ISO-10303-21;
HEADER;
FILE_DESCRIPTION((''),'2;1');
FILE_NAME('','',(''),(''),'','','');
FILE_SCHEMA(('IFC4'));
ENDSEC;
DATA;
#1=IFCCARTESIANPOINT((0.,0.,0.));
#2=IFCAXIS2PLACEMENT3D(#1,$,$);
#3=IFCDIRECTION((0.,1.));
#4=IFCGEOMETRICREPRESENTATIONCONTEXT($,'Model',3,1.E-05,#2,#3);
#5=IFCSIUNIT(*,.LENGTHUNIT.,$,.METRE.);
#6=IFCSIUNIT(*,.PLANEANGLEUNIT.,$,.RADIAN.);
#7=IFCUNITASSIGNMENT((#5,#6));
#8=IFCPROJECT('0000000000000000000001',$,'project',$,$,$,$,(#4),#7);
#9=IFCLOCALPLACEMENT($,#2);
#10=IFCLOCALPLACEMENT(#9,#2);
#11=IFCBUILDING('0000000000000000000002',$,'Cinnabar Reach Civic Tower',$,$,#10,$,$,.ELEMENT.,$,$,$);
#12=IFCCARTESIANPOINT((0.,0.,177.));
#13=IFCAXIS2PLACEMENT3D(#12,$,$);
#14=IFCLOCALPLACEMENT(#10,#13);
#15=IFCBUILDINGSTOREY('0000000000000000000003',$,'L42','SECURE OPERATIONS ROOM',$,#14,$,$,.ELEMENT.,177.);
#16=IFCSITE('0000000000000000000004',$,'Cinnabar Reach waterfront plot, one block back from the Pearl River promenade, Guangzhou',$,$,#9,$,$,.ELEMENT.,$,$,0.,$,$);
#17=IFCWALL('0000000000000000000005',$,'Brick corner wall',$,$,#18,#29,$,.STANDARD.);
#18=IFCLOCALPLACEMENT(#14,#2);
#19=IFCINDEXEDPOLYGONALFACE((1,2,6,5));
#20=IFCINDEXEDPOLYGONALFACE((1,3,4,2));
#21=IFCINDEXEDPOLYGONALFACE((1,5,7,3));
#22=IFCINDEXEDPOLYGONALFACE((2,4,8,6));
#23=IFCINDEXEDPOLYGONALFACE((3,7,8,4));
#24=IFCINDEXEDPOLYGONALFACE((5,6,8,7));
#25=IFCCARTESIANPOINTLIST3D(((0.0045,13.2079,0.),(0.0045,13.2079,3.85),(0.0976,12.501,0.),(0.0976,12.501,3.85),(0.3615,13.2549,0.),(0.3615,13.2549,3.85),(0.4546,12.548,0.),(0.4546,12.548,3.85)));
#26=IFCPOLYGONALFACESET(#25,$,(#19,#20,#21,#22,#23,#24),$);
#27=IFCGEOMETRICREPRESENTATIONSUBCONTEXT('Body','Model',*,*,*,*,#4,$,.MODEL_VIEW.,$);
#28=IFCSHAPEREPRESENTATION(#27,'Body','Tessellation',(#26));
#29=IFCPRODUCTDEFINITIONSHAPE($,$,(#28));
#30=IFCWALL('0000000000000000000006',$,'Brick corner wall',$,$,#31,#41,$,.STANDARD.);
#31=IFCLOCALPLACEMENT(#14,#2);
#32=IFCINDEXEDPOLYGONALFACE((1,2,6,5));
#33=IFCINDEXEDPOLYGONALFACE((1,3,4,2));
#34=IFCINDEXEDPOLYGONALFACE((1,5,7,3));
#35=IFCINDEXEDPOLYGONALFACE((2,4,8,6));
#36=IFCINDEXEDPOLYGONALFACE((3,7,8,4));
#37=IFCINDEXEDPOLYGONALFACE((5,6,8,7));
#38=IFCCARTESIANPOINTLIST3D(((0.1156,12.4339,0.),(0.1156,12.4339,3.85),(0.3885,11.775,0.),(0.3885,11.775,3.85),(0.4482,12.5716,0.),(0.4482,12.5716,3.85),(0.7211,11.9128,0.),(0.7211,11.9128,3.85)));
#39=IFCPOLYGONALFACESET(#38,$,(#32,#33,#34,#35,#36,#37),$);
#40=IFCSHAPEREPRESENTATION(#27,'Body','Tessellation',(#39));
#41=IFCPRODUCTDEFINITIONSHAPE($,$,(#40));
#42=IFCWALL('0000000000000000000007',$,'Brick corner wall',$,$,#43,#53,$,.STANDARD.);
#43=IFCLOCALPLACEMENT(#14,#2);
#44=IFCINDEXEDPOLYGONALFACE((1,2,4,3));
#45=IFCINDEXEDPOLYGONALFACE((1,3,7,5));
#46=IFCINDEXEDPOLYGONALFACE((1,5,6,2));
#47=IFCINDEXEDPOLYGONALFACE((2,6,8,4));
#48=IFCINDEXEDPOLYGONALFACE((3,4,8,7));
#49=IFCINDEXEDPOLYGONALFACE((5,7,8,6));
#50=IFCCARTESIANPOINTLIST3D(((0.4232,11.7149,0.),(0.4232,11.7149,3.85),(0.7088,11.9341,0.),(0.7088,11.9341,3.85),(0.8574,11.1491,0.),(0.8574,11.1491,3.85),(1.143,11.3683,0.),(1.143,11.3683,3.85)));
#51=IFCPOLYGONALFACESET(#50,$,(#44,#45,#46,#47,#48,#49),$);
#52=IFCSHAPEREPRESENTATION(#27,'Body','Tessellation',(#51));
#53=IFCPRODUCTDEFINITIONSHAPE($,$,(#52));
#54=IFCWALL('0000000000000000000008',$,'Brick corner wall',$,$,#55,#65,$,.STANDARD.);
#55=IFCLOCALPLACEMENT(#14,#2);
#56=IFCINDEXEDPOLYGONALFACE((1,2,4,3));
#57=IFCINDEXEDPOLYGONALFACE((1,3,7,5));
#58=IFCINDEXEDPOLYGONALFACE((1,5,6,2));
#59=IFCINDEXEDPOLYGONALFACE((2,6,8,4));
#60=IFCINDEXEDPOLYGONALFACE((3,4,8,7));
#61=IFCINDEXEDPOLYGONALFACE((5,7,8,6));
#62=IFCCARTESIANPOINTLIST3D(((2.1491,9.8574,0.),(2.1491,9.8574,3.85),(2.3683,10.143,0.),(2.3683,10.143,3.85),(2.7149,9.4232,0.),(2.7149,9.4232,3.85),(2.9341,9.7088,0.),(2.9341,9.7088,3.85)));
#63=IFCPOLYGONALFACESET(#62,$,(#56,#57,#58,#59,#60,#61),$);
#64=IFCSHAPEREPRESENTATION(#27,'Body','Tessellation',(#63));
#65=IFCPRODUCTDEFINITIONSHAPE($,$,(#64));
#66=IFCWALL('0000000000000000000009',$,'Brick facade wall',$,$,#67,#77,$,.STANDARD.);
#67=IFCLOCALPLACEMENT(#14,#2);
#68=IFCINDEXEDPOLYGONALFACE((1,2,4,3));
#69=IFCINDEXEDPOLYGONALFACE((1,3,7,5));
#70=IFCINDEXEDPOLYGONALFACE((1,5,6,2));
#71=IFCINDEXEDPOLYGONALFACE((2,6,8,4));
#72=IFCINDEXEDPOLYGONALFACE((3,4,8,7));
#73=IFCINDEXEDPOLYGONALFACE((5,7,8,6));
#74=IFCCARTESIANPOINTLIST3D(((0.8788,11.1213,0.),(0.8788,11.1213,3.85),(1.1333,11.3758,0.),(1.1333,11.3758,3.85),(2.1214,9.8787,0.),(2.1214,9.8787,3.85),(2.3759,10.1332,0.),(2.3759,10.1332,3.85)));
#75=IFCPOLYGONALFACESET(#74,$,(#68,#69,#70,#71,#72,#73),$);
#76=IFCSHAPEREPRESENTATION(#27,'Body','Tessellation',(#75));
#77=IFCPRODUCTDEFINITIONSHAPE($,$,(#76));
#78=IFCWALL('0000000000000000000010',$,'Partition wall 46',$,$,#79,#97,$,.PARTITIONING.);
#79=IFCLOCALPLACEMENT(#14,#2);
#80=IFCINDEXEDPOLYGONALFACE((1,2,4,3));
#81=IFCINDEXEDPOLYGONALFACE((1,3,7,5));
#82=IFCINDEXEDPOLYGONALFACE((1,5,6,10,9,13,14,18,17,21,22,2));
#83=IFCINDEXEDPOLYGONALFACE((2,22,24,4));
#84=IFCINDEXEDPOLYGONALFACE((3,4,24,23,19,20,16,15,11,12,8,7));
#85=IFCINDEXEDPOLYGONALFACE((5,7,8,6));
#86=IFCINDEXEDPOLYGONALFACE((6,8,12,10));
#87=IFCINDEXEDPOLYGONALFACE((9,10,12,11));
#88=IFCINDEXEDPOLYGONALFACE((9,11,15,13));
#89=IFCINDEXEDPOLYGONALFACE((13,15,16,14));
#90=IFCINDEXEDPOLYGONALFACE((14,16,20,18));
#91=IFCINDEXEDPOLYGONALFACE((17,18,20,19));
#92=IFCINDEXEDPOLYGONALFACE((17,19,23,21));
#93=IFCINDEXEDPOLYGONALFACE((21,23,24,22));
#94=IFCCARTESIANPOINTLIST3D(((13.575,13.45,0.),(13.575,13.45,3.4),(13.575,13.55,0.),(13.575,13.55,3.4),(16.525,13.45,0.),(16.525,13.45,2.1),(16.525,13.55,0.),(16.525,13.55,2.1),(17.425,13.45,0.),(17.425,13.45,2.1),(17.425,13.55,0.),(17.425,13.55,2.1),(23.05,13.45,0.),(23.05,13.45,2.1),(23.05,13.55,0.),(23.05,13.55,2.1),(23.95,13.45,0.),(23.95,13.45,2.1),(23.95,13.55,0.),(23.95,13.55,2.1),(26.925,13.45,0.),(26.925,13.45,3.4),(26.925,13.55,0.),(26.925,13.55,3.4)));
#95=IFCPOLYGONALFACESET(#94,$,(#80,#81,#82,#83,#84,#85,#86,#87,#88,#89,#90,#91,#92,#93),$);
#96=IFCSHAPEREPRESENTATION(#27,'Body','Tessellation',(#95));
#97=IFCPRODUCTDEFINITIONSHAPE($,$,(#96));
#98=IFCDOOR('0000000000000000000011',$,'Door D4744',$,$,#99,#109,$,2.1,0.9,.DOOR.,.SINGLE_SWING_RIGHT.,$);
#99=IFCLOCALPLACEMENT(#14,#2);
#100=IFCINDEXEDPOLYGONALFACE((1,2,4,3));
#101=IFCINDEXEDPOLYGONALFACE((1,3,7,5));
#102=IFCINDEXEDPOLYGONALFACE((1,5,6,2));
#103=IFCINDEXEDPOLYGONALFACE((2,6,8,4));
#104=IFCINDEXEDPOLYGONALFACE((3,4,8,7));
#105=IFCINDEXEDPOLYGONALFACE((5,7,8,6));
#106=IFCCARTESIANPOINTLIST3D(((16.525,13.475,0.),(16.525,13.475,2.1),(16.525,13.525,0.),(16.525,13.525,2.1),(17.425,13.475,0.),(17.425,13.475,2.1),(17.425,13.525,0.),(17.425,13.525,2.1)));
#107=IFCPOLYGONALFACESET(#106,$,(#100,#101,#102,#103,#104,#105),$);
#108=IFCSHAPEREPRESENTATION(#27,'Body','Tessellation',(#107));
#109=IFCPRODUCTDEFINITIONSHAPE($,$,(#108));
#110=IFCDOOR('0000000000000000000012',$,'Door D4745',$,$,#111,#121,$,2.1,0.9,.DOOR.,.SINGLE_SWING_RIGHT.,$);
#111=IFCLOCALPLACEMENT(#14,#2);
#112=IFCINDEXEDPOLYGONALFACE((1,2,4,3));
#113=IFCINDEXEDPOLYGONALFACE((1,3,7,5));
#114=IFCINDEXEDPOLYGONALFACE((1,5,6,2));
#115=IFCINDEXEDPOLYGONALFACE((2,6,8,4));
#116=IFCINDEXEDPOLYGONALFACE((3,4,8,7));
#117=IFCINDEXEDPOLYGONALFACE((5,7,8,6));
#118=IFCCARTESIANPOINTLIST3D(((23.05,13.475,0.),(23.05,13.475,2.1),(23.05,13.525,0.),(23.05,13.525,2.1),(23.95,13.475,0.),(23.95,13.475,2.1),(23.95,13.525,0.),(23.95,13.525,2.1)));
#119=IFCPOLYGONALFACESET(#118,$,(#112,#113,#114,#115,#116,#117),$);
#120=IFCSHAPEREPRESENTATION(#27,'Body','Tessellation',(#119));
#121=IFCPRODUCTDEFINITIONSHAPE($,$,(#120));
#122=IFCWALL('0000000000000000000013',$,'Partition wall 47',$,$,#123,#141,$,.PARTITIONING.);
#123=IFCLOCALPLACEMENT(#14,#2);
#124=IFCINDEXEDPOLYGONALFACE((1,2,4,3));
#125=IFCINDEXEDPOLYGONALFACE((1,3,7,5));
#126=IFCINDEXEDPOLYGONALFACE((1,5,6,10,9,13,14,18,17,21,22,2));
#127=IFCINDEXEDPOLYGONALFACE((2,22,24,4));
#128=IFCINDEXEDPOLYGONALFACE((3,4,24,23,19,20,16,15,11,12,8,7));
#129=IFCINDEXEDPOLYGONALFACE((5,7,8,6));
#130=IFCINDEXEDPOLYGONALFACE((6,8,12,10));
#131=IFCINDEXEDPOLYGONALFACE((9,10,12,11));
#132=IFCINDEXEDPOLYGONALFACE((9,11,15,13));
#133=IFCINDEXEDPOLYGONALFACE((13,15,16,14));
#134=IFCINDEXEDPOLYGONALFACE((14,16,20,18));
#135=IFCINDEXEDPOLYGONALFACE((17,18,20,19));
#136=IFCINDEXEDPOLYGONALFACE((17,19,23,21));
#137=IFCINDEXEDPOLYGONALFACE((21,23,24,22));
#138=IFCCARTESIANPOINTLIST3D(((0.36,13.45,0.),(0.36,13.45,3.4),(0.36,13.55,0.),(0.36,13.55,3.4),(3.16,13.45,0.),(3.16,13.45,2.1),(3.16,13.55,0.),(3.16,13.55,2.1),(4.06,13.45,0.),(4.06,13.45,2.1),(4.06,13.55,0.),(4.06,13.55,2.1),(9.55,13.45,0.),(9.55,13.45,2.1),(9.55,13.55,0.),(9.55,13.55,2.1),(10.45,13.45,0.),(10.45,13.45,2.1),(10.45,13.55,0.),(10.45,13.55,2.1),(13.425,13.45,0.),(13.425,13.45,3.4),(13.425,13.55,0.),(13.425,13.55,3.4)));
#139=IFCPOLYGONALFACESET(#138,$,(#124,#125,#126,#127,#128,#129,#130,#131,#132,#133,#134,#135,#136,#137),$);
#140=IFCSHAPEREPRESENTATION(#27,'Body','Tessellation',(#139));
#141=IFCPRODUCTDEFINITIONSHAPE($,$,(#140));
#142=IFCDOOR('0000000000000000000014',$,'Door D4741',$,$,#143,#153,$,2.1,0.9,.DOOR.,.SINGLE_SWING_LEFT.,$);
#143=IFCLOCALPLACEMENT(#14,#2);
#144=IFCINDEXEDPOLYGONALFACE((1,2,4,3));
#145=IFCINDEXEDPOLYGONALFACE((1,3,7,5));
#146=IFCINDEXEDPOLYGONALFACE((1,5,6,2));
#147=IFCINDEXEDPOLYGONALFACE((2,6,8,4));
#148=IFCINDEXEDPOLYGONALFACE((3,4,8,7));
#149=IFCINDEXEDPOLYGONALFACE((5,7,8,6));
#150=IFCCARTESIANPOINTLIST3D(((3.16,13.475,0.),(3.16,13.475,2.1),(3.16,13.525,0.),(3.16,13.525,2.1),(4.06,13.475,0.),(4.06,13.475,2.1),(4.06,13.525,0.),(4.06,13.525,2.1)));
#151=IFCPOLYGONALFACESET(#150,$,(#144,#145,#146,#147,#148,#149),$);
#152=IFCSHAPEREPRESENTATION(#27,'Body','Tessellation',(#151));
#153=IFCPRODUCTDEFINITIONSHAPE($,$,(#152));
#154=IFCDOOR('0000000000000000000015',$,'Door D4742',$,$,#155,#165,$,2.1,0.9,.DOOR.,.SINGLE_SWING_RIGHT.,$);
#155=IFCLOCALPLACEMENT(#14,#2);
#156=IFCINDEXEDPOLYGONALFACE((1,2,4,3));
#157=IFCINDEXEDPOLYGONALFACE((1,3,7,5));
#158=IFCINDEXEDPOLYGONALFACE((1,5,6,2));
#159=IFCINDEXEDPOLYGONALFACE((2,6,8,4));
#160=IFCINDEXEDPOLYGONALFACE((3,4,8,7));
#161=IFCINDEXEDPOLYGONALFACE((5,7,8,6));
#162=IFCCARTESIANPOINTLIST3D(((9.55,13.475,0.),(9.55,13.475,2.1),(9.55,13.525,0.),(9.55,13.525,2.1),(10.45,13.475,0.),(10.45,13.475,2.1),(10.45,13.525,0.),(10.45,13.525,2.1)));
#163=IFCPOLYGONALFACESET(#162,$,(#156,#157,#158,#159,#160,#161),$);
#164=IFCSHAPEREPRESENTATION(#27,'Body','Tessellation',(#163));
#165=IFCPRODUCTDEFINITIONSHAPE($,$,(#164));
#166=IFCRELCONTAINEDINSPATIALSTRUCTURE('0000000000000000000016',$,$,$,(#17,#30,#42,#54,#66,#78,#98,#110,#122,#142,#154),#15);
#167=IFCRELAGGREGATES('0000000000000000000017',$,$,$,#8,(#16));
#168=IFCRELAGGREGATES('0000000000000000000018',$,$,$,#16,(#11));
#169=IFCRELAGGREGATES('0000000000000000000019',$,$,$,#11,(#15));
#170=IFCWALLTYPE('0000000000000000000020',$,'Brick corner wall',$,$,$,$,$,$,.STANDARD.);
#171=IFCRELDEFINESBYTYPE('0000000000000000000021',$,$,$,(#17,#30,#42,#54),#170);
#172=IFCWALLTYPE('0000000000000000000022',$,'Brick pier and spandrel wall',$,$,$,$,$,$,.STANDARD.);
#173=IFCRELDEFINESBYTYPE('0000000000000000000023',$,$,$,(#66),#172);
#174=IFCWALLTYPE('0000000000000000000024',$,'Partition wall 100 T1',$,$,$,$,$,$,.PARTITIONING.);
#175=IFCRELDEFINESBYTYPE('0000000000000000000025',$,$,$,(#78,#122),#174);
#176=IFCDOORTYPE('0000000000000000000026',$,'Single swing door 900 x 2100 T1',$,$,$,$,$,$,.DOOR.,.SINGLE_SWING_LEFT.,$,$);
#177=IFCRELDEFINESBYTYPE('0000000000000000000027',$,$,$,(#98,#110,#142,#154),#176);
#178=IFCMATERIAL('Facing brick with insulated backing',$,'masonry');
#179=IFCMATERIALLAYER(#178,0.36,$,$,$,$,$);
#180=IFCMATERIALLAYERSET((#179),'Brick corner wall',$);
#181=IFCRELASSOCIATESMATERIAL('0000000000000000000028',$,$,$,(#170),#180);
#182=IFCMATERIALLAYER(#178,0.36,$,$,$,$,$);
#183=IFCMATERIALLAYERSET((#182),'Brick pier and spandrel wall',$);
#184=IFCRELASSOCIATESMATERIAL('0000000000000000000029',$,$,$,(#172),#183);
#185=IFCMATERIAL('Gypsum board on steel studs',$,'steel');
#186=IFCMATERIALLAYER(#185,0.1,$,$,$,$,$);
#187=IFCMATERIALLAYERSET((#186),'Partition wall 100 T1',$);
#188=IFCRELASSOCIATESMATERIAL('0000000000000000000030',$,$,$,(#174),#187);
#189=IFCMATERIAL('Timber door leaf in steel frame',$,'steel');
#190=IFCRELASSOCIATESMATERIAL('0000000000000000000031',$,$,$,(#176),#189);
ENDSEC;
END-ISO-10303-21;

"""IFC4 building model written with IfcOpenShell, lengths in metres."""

from ifc_helpers import new_model, si_unit, direction, frame, frame_2d, origin, place, context, subcontext, project, spatial, rectangle, extrude, material, layer, layer_set, type_object, element, fill, save


model = new_model("IFC4")

# Units and contexts
model_context = context("Model", 3, precision=1e-05, world=origin(), true_north=direction((0.0, 1.0)))
body_context = subcontext(model_context, "Body", "Model", "MODEL_VIEW")
ifc_project = project(units=[si_unit("LENGTHUNIT", "METRE"), si_unit("PLANEANGLEUNIT", "RADIAN")], contexts=[model_context])

# Site, building, storey
site_placement = place(None, origin())
site = spatial("IfcSite", under=ifc_project, at=site_placement, Name="Cinnabar Reach waterfront plot, one block back from the Pearl River promenade, Guangzhou", CompositionType="ELEMENT", RefElevation=0.0)
building_placement = place(site_placement, origin())
building = spatial("IfcBuilding", under=site, at=building_placement, Name="Cinnabar Reach Civic Tower", CompositionType="ELEMENT")
storey_placement = place(building_placement, frame((0.0, 0.0, 177.0)))
storey = spatial("IfcBuildingStorey", under=building, at=storey_placement, Name="L42", Description="SECURE OPERATIONS ROOM", CompositionType="ELEMENT", Elevation=177.0)

# Walls
ifc_material_1 = material(Name="Facing brick with insulated backing", Category="masonry")
ifc_layer_1 = layer(ifc_material_1, 0.36)
ifc_layer_set_1 = layer_set([ifc_layer_1], Name="Brick corner wall")
wall_type_1 = type_object("IfcWallType", Name="Brick corner wall", PredefinedType="STANDARD", material=ifc_layer_set_1)
for number, where, z_axis, x_axis, name in (
    (1, (0.183, 13.2314, 0.0), (0.0, 0.0, 1.0), (0.130556, -0.991441, 0.0), "Brick corner wall"),
    (2, (0.2819, 12.5027, 0.0), (0.0, 0.0, 1.0), (0.382703, -0.923872, 0.0), "Brick corner wall"),
):
    element("IfcWall", number, at=place(storey_placement, frame(where, z_axis=z_axis, x_axis=x_axis)), inside=storey, type_object=wall_type_1, Name=name, PredefinedType="STANDARD", context=body_context, shape_type="SweptSolid", body=[
        extrude(rectangle(XDim=0.7131, YDim=0.36, at=frame_2d((0.3565, 0.0))), origin(), (0.0, 0.0, 1.0), 3.85),
    ])
for number, where, z_axis, x_axis, name in (
    (3, (0.566, 11.8245, 0.0), (0.0, 0.0, 1.0), (0.608802, -0.793322, 0.0), "Brick corner wall"),
    (4, (2.2587, 10.0002, 0.0), (0.0, 0.0, 1.0), (0.793322, -0.608802, 0.0), "Brick corner wall"),
):
    element("IfcWall", number, at=place(storey_placement, frame(where, z_axis=z_axis, x_axis=x_axis)), inside=storey, type_object=wall_type_1, Name=name, PredefinedType="STANDARD", context=body_context, shape_type="SweptSolid", body=[
        extrude(rectangle(XDim=0.7132, YDim=0.36, at=frame_2d((0.3566, 0.0))), origin(), (0.0, 0.0, 1.0), 3.85),
    ])
ifc_layer_2 = layer(ifc_material_1, 0.36)
ifc_layer_set_2 = layer_set([ifc_layer_2], Name="Brick pier and spandrel wall")
wall_type_2 = type_object("IfcWallType", Name="Brick pier and spandrel wall", PredefinedType="STANDARD", material=ifc_layer_set_2)
wall_1_placement = place(storey_placement, frame((1.006, 11.2486, 0.0), z_axis=(0.0, 0.0, 1.0), x_axis=(0.707107, -0.707107, 0.0)))
element("IfcWall", 5, at=wall_1_placement, inside=storey, type_object=wall_type_2, Name="Brick facade wall", PredefinedType="STANDARD", context=body_context, shape_type="SweptSolid", body=[
    extrude(rectangle(XDim=1.7573, YDim=0.36, at=frame_2d((0.8787, 0.0))), origin(), (0.0, 0.0, 1.0), 3.85),
])

# Walls, openings, doors
ifc_material_2 = material(Name="Gypsum board on steel studs", Category="steel")
ifc_layer_3 = layer(ifc_material_2, 0.1)
ifc_layer_set_3 = layer_set([ifc_layer_3], Name="Partition wall 100 T1")
wall_type_3 = type_object("IfcWallType", Name="Partition wall 100 T1", PredefinedType="PARTITIONING", material=ifc_layer_set_3)
wall_2_placement = place(storey_placement, frame((13.575, 13.5, 0.0), z_axis=(0.0, 0.0, 1.0), x_axis=(1.0, 0.0, 0.0)))
wall_2 = element("IfcWall", 6, at=wall_2_placement, inside=storey, type_object=wall_type_3, Name="Partition wall 46", PredefinedType="PARTITIONING", context=body_context, shape_type="SweptSolid", body=[
    extrude(rectangle(XDim=13.35, YDim=0.1, at=frame_2d((6.675, 0.0))), origin(), (0.0, 0.0, 1.0), 3.4),
])
opening_1_placement = place(wall_2_placement, frame((2.95, 0.0, 0.0)))
opening_1 = element("IfcOpeningElement", 7, at=opening_1_placement, cuts=wall_2, PredefinedType="OPENING", context=body_context, shape_type="SweptSolid", body=[
    extrude(rectangle(XDim=0.9, YDim=2.1, at=frame_2d((0.45, 1.05))), frame((0.0, 0.06, 0.0), z_axis=(0.0, -1.0, 0.0), x_axis=(1.0, 0.0, 0.0)), (0.0, 0.0, 1.0), 0.12),
])
opening_2_placement = place(wall_2_placement, frame((9.475, 0.0, 0.0)))
opening_2 = element("IfcOpeningElement", 8, at=opening_2_placement, cuts=wall_2, PredefinedType="OPENING", context=body_context, shape_type="SweptSolid", body=[
    extrude(rectangle(XDim=0.9, YDim=2.1, at=frame_2d((0.45, 1.05))), frame((0.0, 0.06, 0.0), z_axis=(0.0, -1.0, 0.0), x_axis=(1.0, 0.0, 0.0)), (0.0, 0.0, 1.0), 0.12),
])
ifc_material_3 = material(Name="Timber door leaf in steel frame", Category="steel")
door_type = type_object("IfcDoorType", Name="Single swing door 900 x 2100 T1", OperationType="SINGLE_SWING_LEFT", PredefinedType="DOOR", material=ifc_material_3)
door_1_placement = place(opening_1_placement, frame((0.9, 0.0, 0.0), z_axis=(0.0, 0.0, 1.0), x_axis=(-1.0, 0.0, 0.0)))
door_1 = element("IfcDoor", 9, at=door_1_placement, inside=storey, type_object=door_type, Name="Door D4744", OperationType="SINGLE_SWING_RIGHT", OverallHeight=2.1, OverallWidth=0.9, PredefinedType="DOOR", context=body_context, shape_type="SweptSolid", body=[
    extrude(rectangle(XDim=0.9, YDim=2.1, at=frame_2d((0.45, 1.05))), frame((0.0, 0.025, 0.0), z_axis=(0.0, -1.0, 0.0), x_axis=(1.0, 0.0, 0.0)), (0.0, 0.0, 1.0), 0.05),
])
fill(opening_1, door_1)
door_2_placement = place(opening_2_placement, frame((0.9, 0.0, 0.0), z_axis=(0.0, 0.0, 1.0), x_axis=(-1.0, 0.0, 0.0)))
door_2 = element("IfcDoor", 10, at=door_2_placement, inside=storey, type_object=door_type, Name="Door D4745", OperationType="SINGLE_SWING_RIGHT", OverallHeight=2.1, OverallWidth=0.9, PredefinedType="DOOR", context=body_context, shape_type="SweptSolid", body=[
    extrude(rectangle(XDim=0.9, YDim=2.1, at=frame_2d((0.45, 1.05))), frame((0.0, 0.025, 0.0), z_axis=(0.0, -1.0, 0.0), x_axis=(1.0, 0.0, 0.0)), (0.0, 0.0, 1.0), 0.05),
])
fill(opening_2, door_2)
wall_3_placement = place(storey_placement, frame((0.36, 13.5, 0.0), z_axis=(0.0, 0.0, 1.0), x_axis=(1.0, 0.0, 0.0)))
wall_3 = element("IfcWall", 11, at=wall_3_placement, inside=storey, type_object=wall_type_3, Name="Partition wall 47", PredefinedType="PARTITIONING", context=body_context, shape_type="SweptSolid", body=[
    extrude(rectangle(XDim=13.065, YDim=0.1, at=frame_2d((6.5325, 0.0))), origin(), (0.0, 0.0, 1.0), 3.4),
])
opening_3_placement = place(wall_3_placement, frame((2.8, 0.0, 0.0)))
opening_3 = element("IfcOpeningElement", 12, at=opening_3_placement, cuts=wall_3, PredefinedType="OPENING", context=body_context, shape_type="SweptSolid", body=[
    extrude(rectangle(XDim=0.9, YDim=2.1, at=frame_2d((0.45, 1.05))), frame((0.0, 0.06, 0.0), z_axis=(0.0, -1.0, 0.0), x_axis=(1.0, 0.0, 0.0)), (0.0, 0.0, 1.0), 0.12),
])
opening_4_placement = place(wall_3_placement, frame((9.19, 0.0, 0.0)))
opening_4 = element("IfcOpeningElement", 13, at=opening_4_placement, cuts=wall_3, PredefinedType="OPENING", context=body_context, shape_type="SweptSolid", body=[
    extrude(rectangle(XDim=0.9, YDim=2.1, at=frame_2d((0.45, 1.05))), frame((0.0, 0.06, 0.0), z_axis=(0.0, -1.0, 0.0), x_axis=(1.0, 0.0, 0.0)), (0.0, 0.0, 1.0), 0.12),
])
door_3_placement = place(opening_3_placement, frame((0.9, 0.0, 0.0), z_axis=(0.0, 0.0, 1.0), x_axis=(-1.0, 0.0, 0.0)))
door_3 = element("IfcDoor", 14, at=door_3_placement, inside=storey, type_object=door_type, Name="Door D4741", OperationType="SINGLE_SWING_LEFT", OverallHeight=2.1, OverallWidth=0.9, PredefinedType="DOOR", context=body_context, shape_type="SweptSolid", body=[
    extrude(rectangle(XDim=0.9, YDim=2.1, at=frame_2d((0.45, 1.05))), frame((0.0, 0.025, 0.0), z_axis=(0.0, -1.0, 0.0), x_axis=(1.0, 0.0, 0.0)), (0.0, 0.0, 1.0), 0.05),
])
fill(opening_3, door_3)
door_4_placement = place(opening_4_placement, frame((0.9, 0.0, 0.0), z_axis=(0.0, 0.0, 1.0), x_axis=(-1.0, 0.0, 0.0)))
door_4 = element("IfcDoor", 15, at=door_4_placement, inside=storey, type_object=door_type, Name="Door D4742", OperationType="SINGLE_SWING_RIGHT", OverallHeight=2.1, OverallWidth=0.9, PredefinedType="DOOR", context=body_context, shape_type="SweptSolid", body=[
    extrude(rectangle(XDim=0.9, YDim=2.1, at=frame_2d((0.45, 1.05))), frame((0.0, 0.025, 0.0), z_axis=(0.0, -1.0, 0.0), x_axis=(1.0, 0.0, 0.0)), (0.0, 0.0, 1.0), 0.05),
])
fill(opening_4, door_4)

save(model, "model.ifc")
